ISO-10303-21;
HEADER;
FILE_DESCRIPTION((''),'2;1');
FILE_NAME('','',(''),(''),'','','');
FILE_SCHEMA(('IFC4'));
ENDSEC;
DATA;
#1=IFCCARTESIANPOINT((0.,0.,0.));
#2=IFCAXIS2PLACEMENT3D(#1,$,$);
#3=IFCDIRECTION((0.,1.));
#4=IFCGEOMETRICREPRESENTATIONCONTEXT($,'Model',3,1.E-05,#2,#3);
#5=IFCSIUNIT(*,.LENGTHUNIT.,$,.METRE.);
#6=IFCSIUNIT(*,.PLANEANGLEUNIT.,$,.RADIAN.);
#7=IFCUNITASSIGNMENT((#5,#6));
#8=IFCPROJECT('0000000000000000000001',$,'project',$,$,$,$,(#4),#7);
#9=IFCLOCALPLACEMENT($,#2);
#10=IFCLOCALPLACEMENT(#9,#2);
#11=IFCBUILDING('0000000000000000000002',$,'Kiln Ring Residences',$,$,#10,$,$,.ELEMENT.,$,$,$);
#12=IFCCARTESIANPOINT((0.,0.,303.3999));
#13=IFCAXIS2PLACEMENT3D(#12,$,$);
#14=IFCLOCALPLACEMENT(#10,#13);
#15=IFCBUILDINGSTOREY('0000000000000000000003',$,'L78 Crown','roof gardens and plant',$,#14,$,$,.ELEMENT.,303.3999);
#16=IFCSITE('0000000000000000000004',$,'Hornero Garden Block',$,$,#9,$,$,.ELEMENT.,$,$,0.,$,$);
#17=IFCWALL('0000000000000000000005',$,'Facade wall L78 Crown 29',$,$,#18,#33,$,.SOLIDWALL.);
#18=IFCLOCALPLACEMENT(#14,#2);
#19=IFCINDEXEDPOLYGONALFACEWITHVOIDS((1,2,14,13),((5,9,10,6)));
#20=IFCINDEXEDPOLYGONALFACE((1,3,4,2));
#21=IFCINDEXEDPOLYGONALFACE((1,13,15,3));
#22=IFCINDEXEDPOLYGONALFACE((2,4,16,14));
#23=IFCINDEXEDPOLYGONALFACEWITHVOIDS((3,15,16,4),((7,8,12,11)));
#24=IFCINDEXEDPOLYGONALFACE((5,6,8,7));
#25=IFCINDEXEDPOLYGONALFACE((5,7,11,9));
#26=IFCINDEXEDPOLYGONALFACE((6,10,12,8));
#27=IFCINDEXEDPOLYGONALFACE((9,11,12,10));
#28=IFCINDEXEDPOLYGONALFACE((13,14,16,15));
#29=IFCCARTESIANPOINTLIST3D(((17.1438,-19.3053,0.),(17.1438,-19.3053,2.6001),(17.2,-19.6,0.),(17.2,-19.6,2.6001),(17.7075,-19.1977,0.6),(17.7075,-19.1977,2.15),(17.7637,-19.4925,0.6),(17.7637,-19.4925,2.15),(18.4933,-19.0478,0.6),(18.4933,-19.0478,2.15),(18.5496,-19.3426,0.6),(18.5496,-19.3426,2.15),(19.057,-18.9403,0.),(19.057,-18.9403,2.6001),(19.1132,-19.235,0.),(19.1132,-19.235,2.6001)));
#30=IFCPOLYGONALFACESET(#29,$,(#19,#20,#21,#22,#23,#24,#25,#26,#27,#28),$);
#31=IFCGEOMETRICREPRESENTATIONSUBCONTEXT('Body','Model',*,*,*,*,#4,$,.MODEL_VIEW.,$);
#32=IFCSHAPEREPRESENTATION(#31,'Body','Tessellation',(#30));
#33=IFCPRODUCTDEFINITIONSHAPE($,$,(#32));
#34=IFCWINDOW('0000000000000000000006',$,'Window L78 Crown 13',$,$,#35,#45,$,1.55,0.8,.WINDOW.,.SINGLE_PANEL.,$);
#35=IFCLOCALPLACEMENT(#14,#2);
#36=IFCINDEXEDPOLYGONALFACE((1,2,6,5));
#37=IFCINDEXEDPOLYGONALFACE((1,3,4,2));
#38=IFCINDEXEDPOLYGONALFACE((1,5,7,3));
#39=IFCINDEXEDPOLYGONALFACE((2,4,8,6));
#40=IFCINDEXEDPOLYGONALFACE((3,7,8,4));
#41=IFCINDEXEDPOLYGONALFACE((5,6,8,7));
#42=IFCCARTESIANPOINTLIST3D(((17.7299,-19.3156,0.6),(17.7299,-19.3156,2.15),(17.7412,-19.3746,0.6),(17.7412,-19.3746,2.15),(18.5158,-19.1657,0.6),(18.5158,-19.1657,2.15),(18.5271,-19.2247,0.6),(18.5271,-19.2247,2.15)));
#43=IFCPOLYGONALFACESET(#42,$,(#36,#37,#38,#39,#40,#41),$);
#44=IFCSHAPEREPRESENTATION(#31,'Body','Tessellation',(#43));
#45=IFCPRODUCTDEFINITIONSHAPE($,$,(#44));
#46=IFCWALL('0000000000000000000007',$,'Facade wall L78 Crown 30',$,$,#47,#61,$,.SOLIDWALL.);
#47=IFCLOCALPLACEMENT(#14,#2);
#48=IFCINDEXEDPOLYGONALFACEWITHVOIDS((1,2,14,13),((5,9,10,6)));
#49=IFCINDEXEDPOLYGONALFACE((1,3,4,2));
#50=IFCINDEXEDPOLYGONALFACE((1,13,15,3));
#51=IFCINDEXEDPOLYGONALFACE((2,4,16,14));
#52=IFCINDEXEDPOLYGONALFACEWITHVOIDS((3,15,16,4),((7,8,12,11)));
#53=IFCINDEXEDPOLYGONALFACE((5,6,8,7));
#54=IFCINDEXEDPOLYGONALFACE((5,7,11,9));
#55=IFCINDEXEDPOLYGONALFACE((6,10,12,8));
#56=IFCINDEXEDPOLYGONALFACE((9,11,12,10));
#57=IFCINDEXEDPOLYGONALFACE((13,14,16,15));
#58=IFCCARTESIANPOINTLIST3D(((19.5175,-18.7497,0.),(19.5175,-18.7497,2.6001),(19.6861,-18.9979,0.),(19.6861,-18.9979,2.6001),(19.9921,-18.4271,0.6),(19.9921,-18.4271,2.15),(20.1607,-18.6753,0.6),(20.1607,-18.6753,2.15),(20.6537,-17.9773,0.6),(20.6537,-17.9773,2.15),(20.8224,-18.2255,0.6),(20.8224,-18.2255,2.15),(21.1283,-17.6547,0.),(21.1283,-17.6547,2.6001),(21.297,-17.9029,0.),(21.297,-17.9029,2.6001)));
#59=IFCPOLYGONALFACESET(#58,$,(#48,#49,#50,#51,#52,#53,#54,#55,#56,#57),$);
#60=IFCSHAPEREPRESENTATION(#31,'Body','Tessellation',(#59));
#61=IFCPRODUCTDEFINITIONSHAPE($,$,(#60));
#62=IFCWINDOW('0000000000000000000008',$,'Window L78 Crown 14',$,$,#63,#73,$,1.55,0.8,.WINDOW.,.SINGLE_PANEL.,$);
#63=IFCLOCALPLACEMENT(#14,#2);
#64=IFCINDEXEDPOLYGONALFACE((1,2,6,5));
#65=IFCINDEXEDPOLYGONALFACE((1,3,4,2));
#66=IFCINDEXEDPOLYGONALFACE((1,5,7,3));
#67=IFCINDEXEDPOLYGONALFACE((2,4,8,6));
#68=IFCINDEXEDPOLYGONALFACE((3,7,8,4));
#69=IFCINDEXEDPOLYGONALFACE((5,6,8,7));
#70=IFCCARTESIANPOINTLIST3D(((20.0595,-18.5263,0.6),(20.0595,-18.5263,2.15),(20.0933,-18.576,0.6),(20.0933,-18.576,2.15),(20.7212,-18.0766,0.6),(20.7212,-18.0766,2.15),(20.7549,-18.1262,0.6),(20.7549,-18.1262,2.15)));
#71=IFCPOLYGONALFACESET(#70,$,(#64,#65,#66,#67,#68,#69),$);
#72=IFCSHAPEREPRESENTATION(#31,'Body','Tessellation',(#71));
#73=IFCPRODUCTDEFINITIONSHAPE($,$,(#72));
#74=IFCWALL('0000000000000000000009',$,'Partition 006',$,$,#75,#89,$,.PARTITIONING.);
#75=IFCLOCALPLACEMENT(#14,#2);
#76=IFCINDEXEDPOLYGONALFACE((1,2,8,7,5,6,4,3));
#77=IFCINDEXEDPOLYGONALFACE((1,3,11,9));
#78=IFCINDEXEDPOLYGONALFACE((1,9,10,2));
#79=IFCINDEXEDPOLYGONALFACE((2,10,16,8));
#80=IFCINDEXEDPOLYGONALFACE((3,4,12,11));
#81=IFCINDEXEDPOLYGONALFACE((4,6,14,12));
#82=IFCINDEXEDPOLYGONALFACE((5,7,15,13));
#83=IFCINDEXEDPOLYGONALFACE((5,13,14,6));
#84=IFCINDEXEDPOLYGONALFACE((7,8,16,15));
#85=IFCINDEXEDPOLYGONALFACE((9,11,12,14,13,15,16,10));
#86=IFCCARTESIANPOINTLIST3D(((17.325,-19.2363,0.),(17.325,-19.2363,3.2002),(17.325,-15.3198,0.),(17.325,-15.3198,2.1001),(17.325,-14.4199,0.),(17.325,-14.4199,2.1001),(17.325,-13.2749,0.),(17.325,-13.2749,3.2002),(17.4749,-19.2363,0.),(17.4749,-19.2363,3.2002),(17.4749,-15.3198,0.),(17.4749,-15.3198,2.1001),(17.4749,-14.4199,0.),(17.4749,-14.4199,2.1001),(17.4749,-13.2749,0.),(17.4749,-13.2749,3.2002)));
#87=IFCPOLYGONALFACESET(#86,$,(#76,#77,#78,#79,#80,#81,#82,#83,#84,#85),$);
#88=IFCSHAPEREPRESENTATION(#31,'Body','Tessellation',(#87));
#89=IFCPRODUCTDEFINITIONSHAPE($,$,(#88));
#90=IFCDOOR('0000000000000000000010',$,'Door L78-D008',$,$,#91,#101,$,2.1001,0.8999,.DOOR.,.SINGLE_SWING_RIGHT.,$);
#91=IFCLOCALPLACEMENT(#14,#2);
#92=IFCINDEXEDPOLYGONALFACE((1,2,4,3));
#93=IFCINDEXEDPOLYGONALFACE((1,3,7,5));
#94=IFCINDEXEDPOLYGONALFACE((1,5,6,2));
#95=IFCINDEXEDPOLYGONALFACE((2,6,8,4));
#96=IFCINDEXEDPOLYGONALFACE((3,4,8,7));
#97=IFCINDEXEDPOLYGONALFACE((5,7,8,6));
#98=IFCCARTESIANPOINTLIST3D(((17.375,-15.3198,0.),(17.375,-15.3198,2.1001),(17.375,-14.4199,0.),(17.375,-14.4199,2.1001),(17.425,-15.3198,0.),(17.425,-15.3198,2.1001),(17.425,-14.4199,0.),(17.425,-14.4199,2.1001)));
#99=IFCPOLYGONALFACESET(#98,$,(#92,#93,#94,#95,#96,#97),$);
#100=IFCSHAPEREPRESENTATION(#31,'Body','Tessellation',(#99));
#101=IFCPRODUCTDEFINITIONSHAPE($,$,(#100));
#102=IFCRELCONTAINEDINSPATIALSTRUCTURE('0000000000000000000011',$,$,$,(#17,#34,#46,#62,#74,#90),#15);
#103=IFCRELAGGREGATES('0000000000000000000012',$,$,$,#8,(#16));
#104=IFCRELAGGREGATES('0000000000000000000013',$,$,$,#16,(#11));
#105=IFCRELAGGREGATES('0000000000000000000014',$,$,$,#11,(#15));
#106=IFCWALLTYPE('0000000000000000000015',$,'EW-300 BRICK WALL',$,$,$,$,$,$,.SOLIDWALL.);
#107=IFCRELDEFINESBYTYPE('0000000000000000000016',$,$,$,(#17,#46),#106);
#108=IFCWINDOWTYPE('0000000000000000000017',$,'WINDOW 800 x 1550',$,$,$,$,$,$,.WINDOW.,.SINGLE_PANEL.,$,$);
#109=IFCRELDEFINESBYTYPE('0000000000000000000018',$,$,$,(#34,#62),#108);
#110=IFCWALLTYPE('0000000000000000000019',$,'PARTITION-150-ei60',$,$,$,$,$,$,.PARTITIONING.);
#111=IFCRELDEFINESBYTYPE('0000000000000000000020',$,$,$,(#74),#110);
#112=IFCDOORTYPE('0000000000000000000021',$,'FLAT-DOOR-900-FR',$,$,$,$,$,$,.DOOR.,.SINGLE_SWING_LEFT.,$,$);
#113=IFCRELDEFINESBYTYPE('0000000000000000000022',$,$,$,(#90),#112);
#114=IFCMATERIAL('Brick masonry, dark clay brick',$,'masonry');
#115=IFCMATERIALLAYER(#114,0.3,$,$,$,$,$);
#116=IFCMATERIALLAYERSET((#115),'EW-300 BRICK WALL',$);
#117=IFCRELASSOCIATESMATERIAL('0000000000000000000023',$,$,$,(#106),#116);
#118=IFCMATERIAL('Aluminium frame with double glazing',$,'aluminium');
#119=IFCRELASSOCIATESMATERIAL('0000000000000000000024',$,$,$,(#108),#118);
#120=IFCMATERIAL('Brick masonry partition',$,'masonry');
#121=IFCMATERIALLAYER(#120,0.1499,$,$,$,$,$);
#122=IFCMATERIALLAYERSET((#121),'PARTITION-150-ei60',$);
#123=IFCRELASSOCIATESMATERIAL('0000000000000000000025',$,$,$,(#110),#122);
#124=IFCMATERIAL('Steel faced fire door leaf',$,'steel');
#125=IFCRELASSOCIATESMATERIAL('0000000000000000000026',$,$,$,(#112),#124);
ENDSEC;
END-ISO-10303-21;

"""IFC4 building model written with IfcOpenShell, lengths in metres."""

from ifc_helpers import new_model, si_unit, direction, frame, frame_2d, origin, place, context, subcontext, project, spatial, rectangle, extrude, material, layer, layer_set, type_object, element, fill, save


model = new_model("IFC4")

# Units and contexts
model_context = context("Model", 3, precision=1e-05, world=origin(), true_north=direction((0.0, 1.0)))
body_context = subcontext(model_context, "Body", "Model", "MODEL_VIEW")
ifc_project = project(units=[si_unit("LENGTHUNIT", "METRE"), si_unit("PLANEANGLEUNIT", "RADIAN")], contexts=[model_context])

# Site, building, storey
site_placement = place(None, origin())
site = spatial("IfcSite", under=ifc_project, at=site_placement, Name="Hornero Garden Block", CompositionType="ELEMENT", RefElevation=0.0)
building_placement = place(site_placement, origin())
building = spatial("IfcBuilding", under=site, at=building_placement, Name="Kiln Ring Residences", CompositionType="ELEMENT")
storey_placement = place(building_placement, frame((0.0, 0.0, 303.3999)))
storey = spatial("IfcBuildingStorey", under=building, at=storey_placement, Name="L78 Crown", Description="roof gardens and plant", CompositionType="ELEMENT", Elevation=303.3999)

# Walls, openings, windows
ifc_material_1 = material(Name="Brick masonry, dark clay brick", Category="masonry")
ifc_layer_1 = layer(ifc_material_1, 0.3)
ifc_layer_set_1 = layer_set([ifc_layer_1], Name="EW-300 BRICK WALL")
wall_type_1 = type_object("IfcWallType", Name="EW-300 BRICK WALL", PredefinedType="SOLIDWALL", material=ifc_layer_set_1)
ifc_material_2 = material(Name="Aluminium frame with double glazing", Category="aluminium")
window_type = type_object("IfcWindowType", Name="WINDOW 800 x 1550", PartitioningType="SINGLE_PANEL", PredefinedType="WINDOW", material=ifc_material_2)
wall_1_placement = place(storey_placement, frame((17.1719, -19.4526, 0.0), z_axis=(0.0, 0.0, 1.0), x_axis=(0.982287, 0.187383, 0.0)))
wall_1 = element("IfcWall", 1, at=wall_1_placement, inside=storey, type_object=wall_type_1, Name="Facade wall L78 Crown 29", PredefinedType="SOLIDWALL", context=body_context, shape_type="SweptSolid", body=[
    extrude(rectangle(XDim=1.9478, YDim=0.3, at=frame_2d((0.9739, 0.0))), origin(), (0.0, 0.0, 1.0), 2.6001),
])
opening_1_placement = place(wall_1_placement, frame((0.574, 0.0, 0.6001)))
opening_1 = element("IfcOpeningElement", 2, at=opening_1_placement, cuts=wall_1, PredefinedType="OPENING", context=body_context, shape_type="SweptSolid", body=[
    extrude(rectangle(XDim=0.8, YDim=1.55, at=frame_2d((0.3999, 0.7749))), frame((0.0, 0.1599, 0.0), z_axis=(0.0, -1.0, 0.0), x_axis=(1.0, 0.0, 0.0)), (0.0, 0.0, 1.0), 0.3201),
])
window_1_placement = place(opening_1_placement, origin())
window_1 = element("IfcWindow", 3, at=window_1_placement, inside=storey, type_object=window_type, Name="Window L78 Crown 13", OverallHeight=1.55, OverallWidth=0.8, PartitioningType="SINGLE_PANEL", PredefinedType="WINDOW", context=body_context, shape_type="SweptSolid", body=[
    extrude(rectangle(XDim=0.8, YDim=1.55, at=frame_2d((0.3999, 0.7749))), frame((0.0, 0.03, 0.0), z_axis=(0.0, -1.0, 0.0), x_axis=(1.0, 0.0, 0.0)), (0.0, 0.0, 1.0), 0.0601),
])
fill(opening_1, window_1)
wall_2_placement = place(storey_placement, frame((19.6018, -18.8738, 0.0), z_axis=(0.0, 0.0, 1.0), x_axis=(0.827022, 0.562169, 0.0)))
wall_2 = element("IfcWall", 4, at=wall_2_placement, inside=storey, type_object=wall_type_1, Name="Facade wall L78 Crown 30", PredefinedType="SOLIDWALL", context=body_context, shape_type="SweptSolid", body=[
    extrude(rectangle(XDim=1.9478, YDim=0.3, at=frame_2d((0.9739, 0.0))), origin(), (0.0, 0.0, 1.0), 2.6001),
])
opening_2_placement = place(wall_2_placement, frame((0.574, 0.0, 0.6001)))
opening_2 = element("IfcOpeningElement", 5, at=opening_2_placement, cuts=wall_2, PredefinedType="OPENING", context=body_context, shape_type="SweptSolid", body=[
    extrude(rectangle(XDim=0.8, YDim=1.55, at=frame_2d((0.3999, 0.7749))), frame((0.0, 0.1599, 0.0), z_axis=(0.0, -1.0, 0.0), x_axis=(1.0, 0.0, 0.0)), (0.0, 0.0, 1.0), 0.3201),
])
window_2_placement = place(opening_2_placement, origin())
window_2 = element("IfcWindow", 6, at=window_2_placement, inside=storey, type_object=window_type, Name="Window L78 Crown 14", OverallHeight=1.55, OverallWidth=0.8, PartitioningType="SINGLE_PANEL", PredefinedType="WINDOW", context=body_context, shape_type="SweptSolid", body=[
    extrude(rectangle(XDim=0.8, YDim=1.55, at=frame_2d((0.3999, 0.7749))), frame((0.0, 0.03, 0.0), z_axis=(0.0, -1.0, 0.0), x_axis=(1.0, 0.0, 0.0)), (0.0, 0.0, 1.0), 0.0601),
])
fill(opening_2, window_2)

# Wall, opening, door
ifc_material_3 = material(Name="Brick masonry partition", Category="masonry")
ifc_layer_2 = layer(ifc_material_3, 0.1499)
ifc_layer_set_2 = layer_set([ifc_layer_2], Name="PARTITION-150-ei60")
wall_type_2 = type_object("IfcWallType", Name="PARTITION-150-ei60", PredefinedType="PARTITIONING", material=ifc_layer_set_2)
wall_3_placement = place(storey_placement, frame((17.3999, -19.2363, 0.0), z_axis=(0.0, 0.0, 1.0), x_axis=(0.0, 1.0, 0.0)))
wall_3 = element("IfcWall", 7, at=wall_3_placement, inside=storey, type_object=wall_type_2, Name="Partition 006", PredefinedType="PARTITIONING", context=body_context, shape_type="SweptSolid", body=[
    extrude(rectangle(XDim=5.9614, YDim=0.1499, at=frame_2d((2.9807, 0.0))), origin(), (0.0, 0.0, 1.0), 3.2002),
])
opening_3_placement = place(wall_3_placement, frame((3.9165, 0.0, 0.0)))
opening_3 = element("IfcOpeningElement", 8, at=opening_3_placement, cuts=wall_3, PredefinedType="OPENING", context=body_context, shape_type="SweptSolid", body=[
    extrude(rectangle(XDim=0.8999, YDim=2.1001, at=frame_2d((0.45, 1.05))), frame((0.0, 0.085, 0.0), z_axis=(0.0, -1.0, 0.0), x_axis=(1.0, 0.0, 0.0)), (0.0, 0.0, 1.0), 0.1699),
])
ifc_material_4 = material(Name="Steel faced fire door leaf", Category="steel")
door_type_1 = type_object("IfcDoorType", Name="FLAT-DOOR-900-FR", OperationType="SINGLE_SWING_LEFT", PredefinedType="DOOR", material=ifc_material_4)
door_1_placement = place(opening_3_placement, origin())
door_1 = element("IfcDoor", 9, at=door_1_placement, inside=storey, type_object=door_type_1, Name="Door L78-D008", OperationType="SINGLE_SWING_RIGHT", OverallHeight=2.1001, OverallWidth=0.8999, PredefinedType="DOOR", context=body_context, shape_type="SweptSolid", body=[
    extrude(rectangle(XDim=0.8999, YDim=2.1001, at=frame_2d((0.45, 1.05))), frame((0.0, 0.0249, 0.0), z_axis=(0.0, -1.0, 0.0), x_axis=(1.0, 0.0, 0.0)), (0.0, 0.0, 1.0), 0.05),
])
fill(opening_3, door_1)

save(model, "model.ifc")
